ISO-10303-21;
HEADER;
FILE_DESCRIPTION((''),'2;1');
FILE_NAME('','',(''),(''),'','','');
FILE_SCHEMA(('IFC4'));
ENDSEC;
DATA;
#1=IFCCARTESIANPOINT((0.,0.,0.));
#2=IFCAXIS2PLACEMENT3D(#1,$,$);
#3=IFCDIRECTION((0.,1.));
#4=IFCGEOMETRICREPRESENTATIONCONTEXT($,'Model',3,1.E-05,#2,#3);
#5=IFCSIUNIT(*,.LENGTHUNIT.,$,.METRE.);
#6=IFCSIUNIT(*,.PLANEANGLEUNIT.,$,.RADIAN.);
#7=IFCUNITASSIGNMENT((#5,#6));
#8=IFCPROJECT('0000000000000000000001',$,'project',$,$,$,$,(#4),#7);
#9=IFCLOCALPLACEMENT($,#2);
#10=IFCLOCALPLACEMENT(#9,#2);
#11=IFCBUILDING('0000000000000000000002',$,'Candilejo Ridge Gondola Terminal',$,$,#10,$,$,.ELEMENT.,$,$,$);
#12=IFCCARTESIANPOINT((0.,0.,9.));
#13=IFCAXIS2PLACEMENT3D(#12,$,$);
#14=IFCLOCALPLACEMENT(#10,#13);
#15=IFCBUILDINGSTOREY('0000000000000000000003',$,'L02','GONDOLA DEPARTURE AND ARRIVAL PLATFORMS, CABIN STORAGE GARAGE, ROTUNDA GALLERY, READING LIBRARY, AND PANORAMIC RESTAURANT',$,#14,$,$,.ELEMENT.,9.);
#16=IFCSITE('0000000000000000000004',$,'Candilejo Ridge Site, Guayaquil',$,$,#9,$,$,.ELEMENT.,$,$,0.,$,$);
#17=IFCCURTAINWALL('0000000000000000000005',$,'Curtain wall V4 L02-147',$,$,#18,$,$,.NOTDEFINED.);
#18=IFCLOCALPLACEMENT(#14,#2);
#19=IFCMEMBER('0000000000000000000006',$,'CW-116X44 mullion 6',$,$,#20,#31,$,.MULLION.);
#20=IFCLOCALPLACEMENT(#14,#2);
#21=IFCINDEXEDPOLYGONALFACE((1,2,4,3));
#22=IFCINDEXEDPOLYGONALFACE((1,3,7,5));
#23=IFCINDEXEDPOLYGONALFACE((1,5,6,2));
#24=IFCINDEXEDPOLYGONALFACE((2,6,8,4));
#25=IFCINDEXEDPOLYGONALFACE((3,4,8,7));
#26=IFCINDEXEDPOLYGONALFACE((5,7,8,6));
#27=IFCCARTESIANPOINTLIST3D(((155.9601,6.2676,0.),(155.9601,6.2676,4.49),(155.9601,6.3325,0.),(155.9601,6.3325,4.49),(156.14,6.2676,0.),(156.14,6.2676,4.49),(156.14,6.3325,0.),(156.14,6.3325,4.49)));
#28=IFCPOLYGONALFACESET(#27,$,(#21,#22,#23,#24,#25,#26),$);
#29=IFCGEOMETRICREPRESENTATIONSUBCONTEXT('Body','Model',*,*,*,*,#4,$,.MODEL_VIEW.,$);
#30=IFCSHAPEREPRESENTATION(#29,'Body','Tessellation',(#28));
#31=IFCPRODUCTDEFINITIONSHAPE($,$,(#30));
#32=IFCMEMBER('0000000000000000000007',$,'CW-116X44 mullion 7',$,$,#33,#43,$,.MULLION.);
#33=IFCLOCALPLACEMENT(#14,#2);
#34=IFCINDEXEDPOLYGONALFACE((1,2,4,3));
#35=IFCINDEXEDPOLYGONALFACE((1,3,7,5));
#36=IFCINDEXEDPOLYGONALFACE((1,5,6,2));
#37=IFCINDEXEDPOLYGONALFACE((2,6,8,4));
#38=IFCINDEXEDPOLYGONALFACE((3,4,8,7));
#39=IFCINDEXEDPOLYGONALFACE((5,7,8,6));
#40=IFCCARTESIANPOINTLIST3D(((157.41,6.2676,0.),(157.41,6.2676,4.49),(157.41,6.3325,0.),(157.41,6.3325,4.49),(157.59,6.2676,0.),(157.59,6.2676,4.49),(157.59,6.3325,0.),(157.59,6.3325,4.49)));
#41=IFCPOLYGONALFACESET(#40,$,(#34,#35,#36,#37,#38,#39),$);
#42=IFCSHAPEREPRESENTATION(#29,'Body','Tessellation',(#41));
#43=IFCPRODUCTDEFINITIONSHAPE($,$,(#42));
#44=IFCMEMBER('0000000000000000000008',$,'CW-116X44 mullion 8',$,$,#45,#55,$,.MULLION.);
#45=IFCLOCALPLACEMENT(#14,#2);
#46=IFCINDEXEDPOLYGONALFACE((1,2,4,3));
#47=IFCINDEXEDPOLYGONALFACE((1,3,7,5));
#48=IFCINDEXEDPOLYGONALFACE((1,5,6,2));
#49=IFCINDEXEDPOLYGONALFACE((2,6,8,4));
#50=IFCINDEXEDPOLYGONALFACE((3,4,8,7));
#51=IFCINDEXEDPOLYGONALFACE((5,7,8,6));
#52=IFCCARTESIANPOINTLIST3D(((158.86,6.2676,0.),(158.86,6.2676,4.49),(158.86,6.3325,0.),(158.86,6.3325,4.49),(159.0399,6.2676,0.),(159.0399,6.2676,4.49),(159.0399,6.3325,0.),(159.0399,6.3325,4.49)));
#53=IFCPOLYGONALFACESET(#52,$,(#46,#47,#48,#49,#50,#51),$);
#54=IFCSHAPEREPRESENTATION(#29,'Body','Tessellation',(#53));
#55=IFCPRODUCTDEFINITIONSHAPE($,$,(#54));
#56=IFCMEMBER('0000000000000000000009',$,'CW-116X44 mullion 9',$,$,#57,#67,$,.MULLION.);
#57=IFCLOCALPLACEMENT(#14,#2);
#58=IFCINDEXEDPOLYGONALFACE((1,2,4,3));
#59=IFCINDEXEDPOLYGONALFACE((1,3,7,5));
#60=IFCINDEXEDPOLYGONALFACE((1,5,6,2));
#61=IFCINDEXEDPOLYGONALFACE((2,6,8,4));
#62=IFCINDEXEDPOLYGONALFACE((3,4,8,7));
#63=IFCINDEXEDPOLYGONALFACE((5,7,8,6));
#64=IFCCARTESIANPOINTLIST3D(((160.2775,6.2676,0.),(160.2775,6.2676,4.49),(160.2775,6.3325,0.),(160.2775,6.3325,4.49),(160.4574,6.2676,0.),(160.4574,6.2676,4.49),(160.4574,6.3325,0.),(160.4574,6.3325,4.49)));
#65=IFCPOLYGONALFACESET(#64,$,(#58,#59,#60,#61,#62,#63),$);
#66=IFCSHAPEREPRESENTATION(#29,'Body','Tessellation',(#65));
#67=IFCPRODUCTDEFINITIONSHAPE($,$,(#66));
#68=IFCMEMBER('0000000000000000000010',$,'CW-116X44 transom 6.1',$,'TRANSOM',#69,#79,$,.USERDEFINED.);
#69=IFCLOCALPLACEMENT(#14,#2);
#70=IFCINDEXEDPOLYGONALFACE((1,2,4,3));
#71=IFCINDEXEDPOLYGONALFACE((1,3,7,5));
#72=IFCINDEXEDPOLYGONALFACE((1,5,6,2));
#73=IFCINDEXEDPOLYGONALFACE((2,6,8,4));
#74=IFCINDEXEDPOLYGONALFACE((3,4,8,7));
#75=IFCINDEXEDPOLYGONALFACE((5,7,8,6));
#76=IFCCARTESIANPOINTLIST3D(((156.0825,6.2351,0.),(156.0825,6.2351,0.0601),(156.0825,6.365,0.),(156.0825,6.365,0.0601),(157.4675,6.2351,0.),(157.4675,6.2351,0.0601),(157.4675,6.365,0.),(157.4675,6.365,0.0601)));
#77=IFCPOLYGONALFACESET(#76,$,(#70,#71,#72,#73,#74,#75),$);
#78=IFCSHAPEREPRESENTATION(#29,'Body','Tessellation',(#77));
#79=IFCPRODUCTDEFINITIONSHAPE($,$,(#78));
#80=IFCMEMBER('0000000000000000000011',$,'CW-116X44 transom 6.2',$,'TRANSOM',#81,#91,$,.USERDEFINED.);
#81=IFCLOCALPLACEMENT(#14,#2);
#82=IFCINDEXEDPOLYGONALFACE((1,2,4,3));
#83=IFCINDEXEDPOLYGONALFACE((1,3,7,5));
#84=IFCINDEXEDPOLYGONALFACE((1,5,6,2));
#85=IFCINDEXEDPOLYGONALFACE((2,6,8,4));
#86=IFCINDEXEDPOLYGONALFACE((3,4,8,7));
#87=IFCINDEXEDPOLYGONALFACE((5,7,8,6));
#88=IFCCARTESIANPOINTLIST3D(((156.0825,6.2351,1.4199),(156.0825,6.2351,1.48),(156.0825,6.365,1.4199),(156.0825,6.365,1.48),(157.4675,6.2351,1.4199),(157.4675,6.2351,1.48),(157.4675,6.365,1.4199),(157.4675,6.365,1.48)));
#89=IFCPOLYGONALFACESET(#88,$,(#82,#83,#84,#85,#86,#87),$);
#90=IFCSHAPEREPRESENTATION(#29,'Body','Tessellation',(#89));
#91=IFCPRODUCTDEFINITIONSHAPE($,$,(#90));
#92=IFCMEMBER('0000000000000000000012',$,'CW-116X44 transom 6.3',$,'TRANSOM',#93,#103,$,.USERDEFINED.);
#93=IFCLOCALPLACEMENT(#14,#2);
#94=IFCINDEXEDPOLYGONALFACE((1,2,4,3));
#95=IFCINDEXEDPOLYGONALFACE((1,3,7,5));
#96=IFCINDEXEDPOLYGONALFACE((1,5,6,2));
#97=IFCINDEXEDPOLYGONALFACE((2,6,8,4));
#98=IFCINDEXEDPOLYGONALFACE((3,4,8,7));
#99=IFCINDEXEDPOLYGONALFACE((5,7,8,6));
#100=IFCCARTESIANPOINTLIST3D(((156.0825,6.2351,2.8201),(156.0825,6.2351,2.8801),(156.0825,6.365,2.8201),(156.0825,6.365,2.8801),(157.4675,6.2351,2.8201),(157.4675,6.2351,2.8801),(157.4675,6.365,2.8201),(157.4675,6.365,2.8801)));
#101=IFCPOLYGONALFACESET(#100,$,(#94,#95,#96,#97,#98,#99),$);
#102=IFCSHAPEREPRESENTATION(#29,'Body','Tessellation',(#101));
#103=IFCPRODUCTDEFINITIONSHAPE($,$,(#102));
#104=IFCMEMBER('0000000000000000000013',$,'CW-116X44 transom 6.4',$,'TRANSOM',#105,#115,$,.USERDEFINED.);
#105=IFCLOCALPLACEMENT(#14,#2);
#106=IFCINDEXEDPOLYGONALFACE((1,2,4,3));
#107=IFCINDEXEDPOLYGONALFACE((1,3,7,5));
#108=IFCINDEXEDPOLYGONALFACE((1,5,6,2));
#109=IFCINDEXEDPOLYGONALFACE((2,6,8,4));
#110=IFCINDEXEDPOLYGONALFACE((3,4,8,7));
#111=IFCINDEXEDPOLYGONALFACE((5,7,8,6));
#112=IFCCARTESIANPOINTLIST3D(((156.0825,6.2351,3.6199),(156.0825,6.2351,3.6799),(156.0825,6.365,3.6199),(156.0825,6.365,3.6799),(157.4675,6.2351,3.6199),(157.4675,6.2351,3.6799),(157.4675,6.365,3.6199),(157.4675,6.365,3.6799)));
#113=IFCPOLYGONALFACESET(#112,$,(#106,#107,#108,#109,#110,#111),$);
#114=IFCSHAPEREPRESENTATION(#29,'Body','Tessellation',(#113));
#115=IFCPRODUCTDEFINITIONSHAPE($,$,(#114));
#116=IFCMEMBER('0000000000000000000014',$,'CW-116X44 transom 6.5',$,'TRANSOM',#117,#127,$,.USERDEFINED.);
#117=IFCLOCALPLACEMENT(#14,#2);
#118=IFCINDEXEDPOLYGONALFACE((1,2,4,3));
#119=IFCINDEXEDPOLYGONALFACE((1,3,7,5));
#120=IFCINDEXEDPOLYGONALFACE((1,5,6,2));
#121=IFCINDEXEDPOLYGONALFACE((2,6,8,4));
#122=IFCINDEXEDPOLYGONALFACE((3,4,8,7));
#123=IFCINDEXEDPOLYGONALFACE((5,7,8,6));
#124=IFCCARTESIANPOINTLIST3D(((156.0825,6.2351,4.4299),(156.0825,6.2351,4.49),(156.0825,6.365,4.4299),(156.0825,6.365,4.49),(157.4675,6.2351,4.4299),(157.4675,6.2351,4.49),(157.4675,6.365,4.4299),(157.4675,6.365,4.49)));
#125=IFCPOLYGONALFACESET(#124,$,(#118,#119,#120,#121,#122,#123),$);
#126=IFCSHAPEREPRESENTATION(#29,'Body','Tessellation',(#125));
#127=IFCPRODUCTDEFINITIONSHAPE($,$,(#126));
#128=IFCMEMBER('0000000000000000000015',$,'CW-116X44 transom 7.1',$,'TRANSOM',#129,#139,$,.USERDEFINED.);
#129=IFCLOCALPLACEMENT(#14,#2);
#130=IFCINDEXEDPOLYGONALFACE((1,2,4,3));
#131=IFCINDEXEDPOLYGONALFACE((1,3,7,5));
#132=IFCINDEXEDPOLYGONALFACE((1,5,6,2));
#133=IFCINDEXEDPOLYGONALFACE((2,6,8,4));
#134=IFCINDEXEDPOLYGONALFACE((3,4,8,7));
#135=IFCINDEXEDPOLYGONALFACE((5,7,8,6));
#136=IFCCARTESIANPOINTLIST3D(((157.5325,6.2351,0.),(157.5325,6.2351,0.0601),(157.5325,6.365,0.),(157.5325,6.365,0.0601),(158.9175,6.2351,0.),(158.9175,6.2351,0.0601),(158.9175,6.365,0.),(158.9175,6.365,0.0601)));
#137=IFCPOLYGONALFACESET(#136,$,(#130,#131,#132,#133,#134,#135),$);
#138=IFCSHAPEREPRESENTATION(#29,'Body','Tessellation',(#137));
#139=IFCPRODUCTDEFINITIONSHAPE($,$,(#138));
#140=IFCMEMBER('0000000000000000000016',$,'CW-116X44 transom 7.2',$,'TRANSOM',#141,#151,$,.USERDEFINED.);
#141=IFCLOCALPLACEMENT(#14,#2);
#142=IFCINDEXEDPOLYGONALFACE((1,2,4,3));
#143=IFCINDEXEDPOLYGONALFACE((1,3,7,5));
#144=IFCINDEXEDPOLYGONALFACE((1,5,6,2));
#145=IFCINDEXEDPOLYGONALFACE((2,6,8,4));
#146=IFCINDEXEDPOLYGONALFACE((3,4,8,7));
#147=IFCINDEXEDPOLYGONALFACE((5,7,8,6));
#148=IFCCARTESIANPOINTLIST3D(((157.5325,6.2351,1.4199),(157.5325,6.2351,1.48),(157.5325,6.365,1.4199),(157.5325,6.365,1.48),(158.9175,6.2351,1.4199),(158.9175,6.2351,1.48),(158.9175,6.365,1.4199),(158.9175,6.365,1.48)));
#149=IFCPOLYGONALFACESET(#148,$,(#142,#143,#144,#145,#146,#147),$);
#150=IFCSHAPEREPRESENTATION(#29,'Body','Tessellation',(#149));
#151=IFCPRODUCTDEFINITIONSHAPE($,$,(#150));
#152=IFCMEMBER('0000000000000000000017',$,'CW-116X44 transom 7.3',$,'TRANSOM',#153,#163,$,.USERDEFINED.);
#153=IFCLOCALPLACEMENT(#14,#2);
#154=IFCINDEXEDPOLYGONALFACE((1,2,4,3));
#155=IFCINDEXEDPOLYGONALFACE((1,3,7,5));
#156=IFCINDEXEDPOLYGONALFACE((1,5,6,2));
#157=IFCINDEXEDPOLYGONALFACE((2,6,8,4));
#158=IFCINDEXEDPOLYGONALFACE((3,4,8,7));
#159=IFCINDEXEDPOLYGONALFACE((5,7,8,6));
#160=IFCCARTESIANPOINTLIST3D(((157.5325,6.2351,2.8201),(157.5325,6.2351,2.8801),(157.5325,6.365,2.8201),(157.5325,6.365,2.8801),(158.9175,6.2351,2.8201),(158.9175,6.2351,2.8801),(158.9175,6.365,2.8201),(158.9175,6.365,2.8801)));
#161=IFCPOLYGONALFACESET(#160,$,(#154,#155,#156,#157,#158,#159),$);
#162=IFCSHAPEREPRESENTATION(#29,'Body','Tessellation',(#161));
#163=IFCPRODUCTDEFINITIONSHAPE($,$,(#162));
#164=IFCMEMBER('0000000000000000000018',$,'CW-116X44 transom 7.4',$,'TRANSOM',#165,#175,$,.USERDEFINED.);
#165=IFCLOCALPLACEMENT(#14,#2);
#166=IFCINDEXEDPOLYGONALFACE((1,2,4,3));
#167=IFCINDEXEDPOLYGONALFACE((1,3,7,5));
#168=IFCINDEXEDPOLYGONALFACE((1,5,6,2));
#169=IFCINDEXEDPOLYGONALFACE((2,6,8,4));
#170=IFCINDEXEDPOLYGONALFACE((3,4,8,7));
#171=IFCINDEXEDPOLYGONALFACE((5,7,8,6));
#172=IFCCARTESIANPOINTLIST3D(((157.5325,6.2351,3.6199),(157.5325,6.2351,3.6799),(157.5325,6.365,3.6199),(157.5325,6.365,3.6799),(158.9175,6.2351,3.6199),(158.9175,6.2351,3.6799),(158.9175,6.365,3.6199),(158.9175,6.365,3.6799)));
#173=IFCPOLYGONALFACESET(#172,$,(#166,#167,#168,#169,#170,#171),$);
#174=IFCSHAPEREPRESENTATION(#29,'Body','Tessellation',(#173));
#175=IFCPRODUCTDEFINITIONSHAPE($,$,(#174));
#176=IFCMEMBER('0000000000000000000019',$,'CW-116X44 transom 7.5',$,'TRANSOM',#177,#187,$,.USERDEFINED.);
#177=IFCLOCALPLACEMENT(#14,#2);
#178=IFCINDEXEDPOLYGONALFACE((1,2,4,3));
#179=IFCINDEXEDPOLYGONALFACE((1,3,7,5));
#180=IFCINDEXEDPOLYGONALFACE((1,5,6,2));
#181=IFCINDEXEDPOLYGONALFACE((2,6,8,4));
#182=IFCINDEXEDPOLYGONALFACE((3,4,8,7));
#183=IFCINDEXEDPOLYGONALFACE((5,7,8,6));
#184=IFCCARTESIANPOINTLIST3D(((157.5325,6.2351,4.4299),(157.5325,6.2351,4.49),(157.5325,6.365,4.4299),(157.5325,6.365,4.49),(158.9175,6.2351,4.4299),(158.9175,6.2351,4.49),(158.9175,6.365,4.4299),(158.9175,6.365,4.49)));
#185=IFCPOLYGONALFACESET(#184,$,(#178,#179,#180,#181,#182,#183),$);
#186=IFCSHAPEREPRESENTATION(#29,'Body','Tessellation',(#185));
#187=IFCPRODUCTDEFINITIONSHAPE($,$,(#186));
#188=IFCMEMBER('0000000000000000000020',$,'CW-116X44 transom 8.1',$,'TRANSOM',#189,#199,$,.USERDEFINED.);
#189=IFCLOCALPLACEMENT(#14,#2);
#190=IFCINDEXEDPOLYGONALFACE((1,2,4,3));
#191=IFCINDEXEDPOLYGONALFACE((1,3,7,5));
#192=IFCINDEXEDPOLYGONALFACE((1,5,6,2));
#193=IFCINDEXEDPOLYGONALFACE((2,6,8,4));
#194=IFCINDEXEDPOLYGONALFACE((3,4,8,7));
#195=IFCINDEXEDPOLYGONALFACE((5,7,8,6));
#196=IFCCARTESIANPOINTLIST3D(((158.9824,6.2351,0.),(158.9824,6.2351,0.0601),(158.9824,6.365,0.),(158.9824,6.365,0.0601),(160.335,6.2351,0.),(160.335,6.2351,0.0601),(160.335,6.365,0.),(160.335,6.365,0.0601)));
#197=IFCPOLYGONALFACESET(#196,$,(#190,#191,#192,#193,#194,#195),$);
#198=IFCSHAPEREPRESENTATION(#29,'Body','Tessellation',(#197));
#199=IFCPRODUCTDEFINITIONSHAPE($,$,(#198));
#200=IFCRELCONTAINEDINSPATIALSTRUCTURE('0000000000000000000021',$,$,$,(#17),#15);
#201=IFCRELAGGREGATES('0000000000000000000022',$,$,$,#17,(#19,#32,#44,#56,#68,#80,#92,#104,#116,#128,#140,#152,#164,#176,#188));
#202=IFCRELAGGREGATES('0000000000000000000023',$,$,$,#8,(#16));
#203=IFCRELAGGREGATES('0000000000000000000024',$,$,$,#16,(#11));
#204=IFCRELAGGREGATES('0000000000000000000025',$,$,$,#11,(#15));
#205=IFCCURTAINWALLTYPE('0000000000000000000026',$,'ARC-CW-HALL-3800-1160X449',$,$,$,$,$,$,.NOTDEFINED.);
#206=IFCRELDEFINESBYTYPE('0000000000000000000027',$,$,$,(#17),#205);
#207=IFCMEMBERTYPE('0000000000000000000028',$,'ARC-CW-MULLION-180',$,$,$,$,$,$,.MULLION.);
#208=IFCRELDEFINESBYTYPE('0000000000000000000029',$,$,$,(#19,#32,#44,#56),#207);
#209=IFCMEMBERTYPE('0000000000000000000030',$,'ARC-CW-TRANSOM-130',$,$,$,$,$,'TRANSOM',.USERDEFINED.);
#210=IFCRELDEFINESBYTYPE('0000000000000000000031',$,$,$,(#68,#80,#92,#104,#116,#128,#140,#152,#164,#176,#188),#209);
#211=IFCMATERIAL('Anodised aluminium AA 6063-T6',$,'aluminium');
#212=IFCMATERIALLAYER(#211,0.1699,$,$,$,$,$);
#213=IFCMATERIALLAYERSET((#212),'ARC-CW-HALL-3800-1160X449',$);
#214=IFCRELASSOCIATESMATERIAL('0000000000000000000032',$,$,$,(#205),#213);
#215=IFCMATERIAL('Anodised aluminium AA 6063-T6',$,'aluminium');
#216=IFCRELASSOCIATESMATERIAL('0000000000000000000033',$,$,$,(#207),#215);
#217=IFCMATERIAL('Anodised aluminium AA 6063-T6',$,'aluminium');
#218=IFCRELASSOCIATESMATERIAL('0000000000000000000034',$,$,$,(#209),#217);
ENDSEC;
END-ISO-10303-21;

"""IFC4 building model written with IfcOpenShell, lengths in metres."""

from ifc_helpers import new_model, si_unit, direction, frame, origin, origin_2d, place, context, subcontext, project, spatial, rectangle, extrude, material, layer, layer_set, material_profile, profile_set, type_object, element, aggregate, save


model = new_model("IFC4")

# Units and contexts
model_context = context("Model", 3, precision=1e-05, world=origin(), true_north=direction((0.0, 1.0)))
body_context = subcontext(model_context, "Body", "Model", "MODEL_VIEW")
ifc_project = project(units=[si_unit("LENGTHUNIT", "METRE"), si_unit("PLANEANGLEUNIT", "RADIAN")], contexts=[model_context])

# Site, building, storey
site_placement = place(None, origin())
site = spatial("IfcSite", under=ifc_project, at=site_placement, Name="Candilejo Ridge Site, Guayaquil", CompositionType="ELEMENT", RefElevation=0.0)
building_placement = place(site_placement, origin())
building = spatial("IfcBuilding", under=site, at=building_placement, Name="Candilejo Ridge Gondola Terminal", CompositionType="ELEMENT")
storey_placement = place(building_placement, frame((0.0, 0.0, 9.0)))
storey = spatial("IfcBuildingStorey", under=building, at=storey_placement, Name="L02", Description="GONDOLA DEPARTURE AND ARRIVAL PLATFORMS, CABIN STORAGE GARAGE, ROTUNDA GALLERY, READING LIBRARY, AND PANORAMIC RESTAURANT", CompositionType="ELEMENT", Elevation=9.0)

# Curtain wall, members
ifc_material_1 = material(Name="Anodised aluminium AA 6063-T6", Category="aluminium")
ifc_layer_1 = layer(ifc_material_1, 0.1699)
ifc_layer_set_1 = layer_set([ifc_layer_1], Name="ARC-CW-HALL-3800-1160X449")
curtain_wall_type = type_object("IfcCurtainWallType", Name="ARC-CW-HALL-3800-1160X449", PredefinedType="NOTDEFINED", material=ifc_layer_set_1)
curtain_wall_placement = place(storey_placement, origin())
curtain_wall = element("IfcCurtainWall", 1, at=curtain_wall_placement, inside=storey, type_object=curtain_wall_type, Name="Curtain wall V4 L02-147", PredefinedType="NOTDEFINED")
ifc_material_2 = material(Name="Anodised aluminium AA 6063-T6", Category="aluminium")
ifc_material_profile_1 = material_profile(ifc_material_2, rectangle(XDim=0.0649, YDim=0.1799, at=origin_2d()))
ifc_profile_set_1 = profile_set([ifc_material_profile_1], Name="Anodised aluminium AA 6063-T6")
member_type_1 = type_object("IfcMemberType", Name="ARC-CW-MULLION-180", PredefinedType="MULLION", material=ifc_profile_set_1)
member_1_placement = place(storey_placement, frame((156.05, 6.3, 0.0), z_axis=(0.0, 0.0, 1.0), x_axis=(0.0, 1.0, 0.0)))
member_1 = element("IfcMember", 2, at=member_1_placement, type_object=member_type_1, Name="CW-116X44 mullion 6", PredefinedType="MULLION", context=body_context, shape_type="SweptSolid", body=[
    extrude(rectangle(XDim=0.0649, YDim=0.1799, at=origin_2d()), origin(), (0.0, 0.0, 1.0), 4.49),
])
member_2_placement = place(storey_placement, frame((157.5, 6.3, 0.0), z_axis=(0.0, 0.0, 1.0), x_axis=(0.0, 1.0, 0.0)))
member_2 = element("IfcMember", 3, at=member_2_placement, type_object=member_type_1, Name="CW-116X44 mullion 7", PredefinedType="MULLION", context=body_context, shape_type="SweptSolid", body=[
    extrude(rectangle(XDim=0.0649, YDim=0.1799, at=origin_2d()), origin(), (0.0, 0.0, 1.0), 4.49),
])
member_3_placement = place(storey_placement, frame((158.95, 6.3, 0.0), z_axis=(0.0, 0.0, 1.0), x_axis=(0.0, 1.0, 0.0)))
member_3 = element("IfcMember", 4, at=member_3_placement, type_object=member_type_1, Name="CW-116X44 mullion 8", PredefinedType="MULLION", context=body_context, shape_type="SweptSolid", body=[
    extrude(rectangle(XDim=0.0649, YDim=0.1799, at=origin_2d()), origin(), (0.0, 0.0, 1.0), 4.49),
])
member_4_placement = place(storey_placement, frame((160.3674, 6.3, 0.0), z_axis=(0.0, 0.0, 1.0), x_axis=(0.0, 1.0, 0.0)))
member_4 = element("IfcMember", 5, at=member_4_placement, type_object=member_type_1, Name="CW-116X44 mullion 9", PredefinedType="MULLION", context=body_context, shape_type="SweptSolid", body=[
    extrude(rectangle(XDim=0.0649, YDim=0.1799, at=origin_2d()), origin(), (0.0, 0.0, 1.0), 4.49),
])
ifc_material_3 = material(Name="Anodised aluminium AA 6063-T6", Category="aluminium")
ifc_material_profile_2 = material_profile(ifc_material_3, rectangle(XDim=0.1299, YDim=0.0601, at=origin_2d()))
ifc_profile_set_2 = profile_set([ifc_material_profile_2], Name="Anodised aluminium AA 6063-T6")
member_type_2 = type_object("IfcMemberType", Name="ARC-CW-TRANSOM-130", ElementType="TRANSOM", PredefinedType="USERDEFINED", material=ifc_profile_set_2)
member_5_placement = place(storey_placement, frame((156.0825, 6.3, 0.03), z_axis=(1.0, 0.0, 0.0), x_axis=(0.0, 1.0, 0.0)))
member_5 = element("IfcMember", 6, at=member_5_placement, type_object=member_type_2, Name="CW-116X44 transom 6.1", ObjectType="TRANSOM", PredefinedType="USERDEFINED", context=body_context, shape_type="SweptSolid", body=[
    extrude(rectangle(XDim=0.1299, YDim=0.0601, at=origin_2d()), origin(), (0.0, 0.0, 1.0), 1.385),
])
member_6_placement = place(storey_placement, frame((156.0825, 6.3, 1.45), z_axis=(1.0, 0.0, 0.0), x_axis=(0.0, 1.0, 0.0)))
member_6 = element("IfcMember", 7, at=member_6_placement, type_object=member_type_2, Name="CW-116X44 transom 6.2", ObjectType="TRANSOM", PredefinedType="USERDEFINED", context=body_context, shape_type="SweptSolid", body=[
    extrude(rectangle(XDim=0.1299, YDim=0.0601, at=origin_2d()), origin(), (0.0, 0.0, 1.0), 1.385),
])
member_7_placement = place(storey_placement, frame((156.0825, 6.3, 2.8501), z_axis=(1.0, 0.0, 0.0), x_axis=(0.0, 1.0, 0.0)))
member_7 = element("IfcMember", 8, at=member_7_placement, type_object=member_type_2, Name="CW-116X44 transom 6.3", ObjectType="TRANSOM", PredefinedType="USERDEFINED", context=body_context, shape_type="SweptSolid", body=[
    extrude(rectangle(XDim=0.1299, YDim=0.0601, at=origin_2d()), origin(), (0.0, 0.0, 1.0), 1.385),
])
member_8_placement = place(storey_placement, frame((156.0825, 6.3, 3.6499), z_axis=(1.0, 0.0, 0.0), x_axis=(0.0, 1.0, 0.0)))
member_8 = element("IfcMember", 9, at=member_8_placement, type_object=member_type_2, Name="CW-116X44 transom 6.4", ObjectType="TRANSOM", PredefinedType="USERDEFINED", context=body_context, shape_type="SweptSolid", body=[
    extrude(rectangle(XDim=0.1299, YDim=0.0601, at=origin_2d()), origin(), (0.0, 0.0, 1.0), 1.385),
])
member_9_placement = place(storey_placement, frame((156.0825, 6.3, 4.46), z_axis=(1.0, 0.0, 0.0), x_axis=(0.0, 1.0, 0.0)))
member_9 = element("IfcMember", 10, at=member_9_placement, type_object=member_type_2, Name="CW-116X44 transom 6.5", ObjectType="TRANSOM", PredefinedType="USERDEFINED", context=body_context, shape_type="SweptSolid", body=[
    extrude(rectangle(XDim=0.1299, YDim=0.0601, at=origin_2d()), origin(), (0.0, 0.0, 1.0), 1.385),
])
member_10_placement = place(storey_placement, frame((157.5325, 6.3, 0.03), z_axis=(1.0, 0.0, 0.0), x_axis=(0.0, 1.0, 0.0)))
member_10 = element("IfcMember", 11, at=member_10_placement, type_object=member_type_2, Name="CW-116X44 transom 7.1", ObjectType="TRANSOM", PredefinedType="USERDEFINED", context=body_context, shape_type="SweptSolid", body=[
    extrude(rectangle(XDim=0.1299, YDim=0.0601, at=origin_2d()), origin(), (0.0, 0.0, 1.0), 1.385),
])
member_11_placement = place(storey_placement, frame((157.5325, 6.3, 1.45), z_axis=(1.0, 0.0, 0.0), x_axis=(0.0, 1.0, 0.0)))
member_11 = element("IfcMember", 12, at=member_11_placement, type_object=member_type_2, Name="CW-116X44 transom 7.2", ObjectType="TRANSOM", PredefinedType="USERDEFINED", context=body_context, shape_type="SweptSolid", body=[
    extrude(rectangle(XDim=0.1299, YDim=0.0601, at=origin_2d()), origin(), (0.0, 0.0, 1.0), 1.385),
])
member_12_placement = place(storey_placement, frame((157.5325, 6.3, 2.8501), z_axis=(1.0, 0.0, 0.0), x_axis=(0.0, 1.0, 0.0)))
member_12 = element("IfcMember", 13, at=member_12_placement, type_object=member_type_2, Name="CW-116X44 transom 7.3", ObjectType="TRANSOM", PredefinedType="USERDEFINED", context=body_context, shape_type="SweptSolid", body=[
    extrude(rectangle(XDim=0.1299, YDim=0.0601, at=origin_2d()), origin(), (0.0, 0.0, 1.0), 1.385),
])
member_13_placement = place(storey_placement, frame((157.5325, 6.3, 3.6499), z_axis=(1.0, 0.0, 0.0), x_axis=(0.0, 1.0, 0.0)))
member_13 = element("IfcMember", 14, at=member_13_placement, type_object=member_type_2, Name="CW-116X44 transom 7.4", ObjectType="TRANSOM", PredefinedType="USERDEFINED", context=body_context, shape_type="SweptSolid", body=[
    extrude(rectangle(XDim=0.1299, YDim=0.0601, at=origin_2d()), origin(), (0.0, 0.0, 1.0), 1.385),
])
member_14_placement = place(storey_placement, frame((157.5325, 6.3, 4.46), z_axis=(1.0, 0.0, 0.0), x_axis=(0.0, 1.0, 0.0)))
member_14 = element("IfcMember", 15, at=member_14_placement, type_object=member_type_2, Name="CW-116X44 transom 7.5", ObjectType="TRANSOM", PredefinedType="USERDEFINED", context=body_context, shape_type="SweptSolid", body=[
    extrude(rectangle(XDim=0.1299, YDim=0.0601, at=origin_2d()), origin(), (0.0, 0.0, 1.0), 1.385),
])
member_15_placement = place(storey_placement, frame((158.9824, 6.3, 0.03), z_axis=(1.0, 0.0, 0.0), x_axis=(0.0, 1.0, 0.0)))
member_15 = element("IfcMember", 16, at=member_15_placement, type_object=member_type_2, Name="CW-116X44 transom 8.1", ObjectType="TRANSOM", PredefinedType="USERDEFINED", context=body_context, shape_type="SweptSolid", body=[
    extrude(rectangle(XDim=0.1299, YDim=0.0601, at=origin_2d()), origin(), (0.0, 0.0, 1.0), 1.3525),
])
aggregate(curtain_wall, [member_1, member_2, member_3, member_4, member_5, member_6, member_7, member_8, member_9, member_10, member_11, member_12, member_13, member_14, member_15])

save(model, "model.ifc")
